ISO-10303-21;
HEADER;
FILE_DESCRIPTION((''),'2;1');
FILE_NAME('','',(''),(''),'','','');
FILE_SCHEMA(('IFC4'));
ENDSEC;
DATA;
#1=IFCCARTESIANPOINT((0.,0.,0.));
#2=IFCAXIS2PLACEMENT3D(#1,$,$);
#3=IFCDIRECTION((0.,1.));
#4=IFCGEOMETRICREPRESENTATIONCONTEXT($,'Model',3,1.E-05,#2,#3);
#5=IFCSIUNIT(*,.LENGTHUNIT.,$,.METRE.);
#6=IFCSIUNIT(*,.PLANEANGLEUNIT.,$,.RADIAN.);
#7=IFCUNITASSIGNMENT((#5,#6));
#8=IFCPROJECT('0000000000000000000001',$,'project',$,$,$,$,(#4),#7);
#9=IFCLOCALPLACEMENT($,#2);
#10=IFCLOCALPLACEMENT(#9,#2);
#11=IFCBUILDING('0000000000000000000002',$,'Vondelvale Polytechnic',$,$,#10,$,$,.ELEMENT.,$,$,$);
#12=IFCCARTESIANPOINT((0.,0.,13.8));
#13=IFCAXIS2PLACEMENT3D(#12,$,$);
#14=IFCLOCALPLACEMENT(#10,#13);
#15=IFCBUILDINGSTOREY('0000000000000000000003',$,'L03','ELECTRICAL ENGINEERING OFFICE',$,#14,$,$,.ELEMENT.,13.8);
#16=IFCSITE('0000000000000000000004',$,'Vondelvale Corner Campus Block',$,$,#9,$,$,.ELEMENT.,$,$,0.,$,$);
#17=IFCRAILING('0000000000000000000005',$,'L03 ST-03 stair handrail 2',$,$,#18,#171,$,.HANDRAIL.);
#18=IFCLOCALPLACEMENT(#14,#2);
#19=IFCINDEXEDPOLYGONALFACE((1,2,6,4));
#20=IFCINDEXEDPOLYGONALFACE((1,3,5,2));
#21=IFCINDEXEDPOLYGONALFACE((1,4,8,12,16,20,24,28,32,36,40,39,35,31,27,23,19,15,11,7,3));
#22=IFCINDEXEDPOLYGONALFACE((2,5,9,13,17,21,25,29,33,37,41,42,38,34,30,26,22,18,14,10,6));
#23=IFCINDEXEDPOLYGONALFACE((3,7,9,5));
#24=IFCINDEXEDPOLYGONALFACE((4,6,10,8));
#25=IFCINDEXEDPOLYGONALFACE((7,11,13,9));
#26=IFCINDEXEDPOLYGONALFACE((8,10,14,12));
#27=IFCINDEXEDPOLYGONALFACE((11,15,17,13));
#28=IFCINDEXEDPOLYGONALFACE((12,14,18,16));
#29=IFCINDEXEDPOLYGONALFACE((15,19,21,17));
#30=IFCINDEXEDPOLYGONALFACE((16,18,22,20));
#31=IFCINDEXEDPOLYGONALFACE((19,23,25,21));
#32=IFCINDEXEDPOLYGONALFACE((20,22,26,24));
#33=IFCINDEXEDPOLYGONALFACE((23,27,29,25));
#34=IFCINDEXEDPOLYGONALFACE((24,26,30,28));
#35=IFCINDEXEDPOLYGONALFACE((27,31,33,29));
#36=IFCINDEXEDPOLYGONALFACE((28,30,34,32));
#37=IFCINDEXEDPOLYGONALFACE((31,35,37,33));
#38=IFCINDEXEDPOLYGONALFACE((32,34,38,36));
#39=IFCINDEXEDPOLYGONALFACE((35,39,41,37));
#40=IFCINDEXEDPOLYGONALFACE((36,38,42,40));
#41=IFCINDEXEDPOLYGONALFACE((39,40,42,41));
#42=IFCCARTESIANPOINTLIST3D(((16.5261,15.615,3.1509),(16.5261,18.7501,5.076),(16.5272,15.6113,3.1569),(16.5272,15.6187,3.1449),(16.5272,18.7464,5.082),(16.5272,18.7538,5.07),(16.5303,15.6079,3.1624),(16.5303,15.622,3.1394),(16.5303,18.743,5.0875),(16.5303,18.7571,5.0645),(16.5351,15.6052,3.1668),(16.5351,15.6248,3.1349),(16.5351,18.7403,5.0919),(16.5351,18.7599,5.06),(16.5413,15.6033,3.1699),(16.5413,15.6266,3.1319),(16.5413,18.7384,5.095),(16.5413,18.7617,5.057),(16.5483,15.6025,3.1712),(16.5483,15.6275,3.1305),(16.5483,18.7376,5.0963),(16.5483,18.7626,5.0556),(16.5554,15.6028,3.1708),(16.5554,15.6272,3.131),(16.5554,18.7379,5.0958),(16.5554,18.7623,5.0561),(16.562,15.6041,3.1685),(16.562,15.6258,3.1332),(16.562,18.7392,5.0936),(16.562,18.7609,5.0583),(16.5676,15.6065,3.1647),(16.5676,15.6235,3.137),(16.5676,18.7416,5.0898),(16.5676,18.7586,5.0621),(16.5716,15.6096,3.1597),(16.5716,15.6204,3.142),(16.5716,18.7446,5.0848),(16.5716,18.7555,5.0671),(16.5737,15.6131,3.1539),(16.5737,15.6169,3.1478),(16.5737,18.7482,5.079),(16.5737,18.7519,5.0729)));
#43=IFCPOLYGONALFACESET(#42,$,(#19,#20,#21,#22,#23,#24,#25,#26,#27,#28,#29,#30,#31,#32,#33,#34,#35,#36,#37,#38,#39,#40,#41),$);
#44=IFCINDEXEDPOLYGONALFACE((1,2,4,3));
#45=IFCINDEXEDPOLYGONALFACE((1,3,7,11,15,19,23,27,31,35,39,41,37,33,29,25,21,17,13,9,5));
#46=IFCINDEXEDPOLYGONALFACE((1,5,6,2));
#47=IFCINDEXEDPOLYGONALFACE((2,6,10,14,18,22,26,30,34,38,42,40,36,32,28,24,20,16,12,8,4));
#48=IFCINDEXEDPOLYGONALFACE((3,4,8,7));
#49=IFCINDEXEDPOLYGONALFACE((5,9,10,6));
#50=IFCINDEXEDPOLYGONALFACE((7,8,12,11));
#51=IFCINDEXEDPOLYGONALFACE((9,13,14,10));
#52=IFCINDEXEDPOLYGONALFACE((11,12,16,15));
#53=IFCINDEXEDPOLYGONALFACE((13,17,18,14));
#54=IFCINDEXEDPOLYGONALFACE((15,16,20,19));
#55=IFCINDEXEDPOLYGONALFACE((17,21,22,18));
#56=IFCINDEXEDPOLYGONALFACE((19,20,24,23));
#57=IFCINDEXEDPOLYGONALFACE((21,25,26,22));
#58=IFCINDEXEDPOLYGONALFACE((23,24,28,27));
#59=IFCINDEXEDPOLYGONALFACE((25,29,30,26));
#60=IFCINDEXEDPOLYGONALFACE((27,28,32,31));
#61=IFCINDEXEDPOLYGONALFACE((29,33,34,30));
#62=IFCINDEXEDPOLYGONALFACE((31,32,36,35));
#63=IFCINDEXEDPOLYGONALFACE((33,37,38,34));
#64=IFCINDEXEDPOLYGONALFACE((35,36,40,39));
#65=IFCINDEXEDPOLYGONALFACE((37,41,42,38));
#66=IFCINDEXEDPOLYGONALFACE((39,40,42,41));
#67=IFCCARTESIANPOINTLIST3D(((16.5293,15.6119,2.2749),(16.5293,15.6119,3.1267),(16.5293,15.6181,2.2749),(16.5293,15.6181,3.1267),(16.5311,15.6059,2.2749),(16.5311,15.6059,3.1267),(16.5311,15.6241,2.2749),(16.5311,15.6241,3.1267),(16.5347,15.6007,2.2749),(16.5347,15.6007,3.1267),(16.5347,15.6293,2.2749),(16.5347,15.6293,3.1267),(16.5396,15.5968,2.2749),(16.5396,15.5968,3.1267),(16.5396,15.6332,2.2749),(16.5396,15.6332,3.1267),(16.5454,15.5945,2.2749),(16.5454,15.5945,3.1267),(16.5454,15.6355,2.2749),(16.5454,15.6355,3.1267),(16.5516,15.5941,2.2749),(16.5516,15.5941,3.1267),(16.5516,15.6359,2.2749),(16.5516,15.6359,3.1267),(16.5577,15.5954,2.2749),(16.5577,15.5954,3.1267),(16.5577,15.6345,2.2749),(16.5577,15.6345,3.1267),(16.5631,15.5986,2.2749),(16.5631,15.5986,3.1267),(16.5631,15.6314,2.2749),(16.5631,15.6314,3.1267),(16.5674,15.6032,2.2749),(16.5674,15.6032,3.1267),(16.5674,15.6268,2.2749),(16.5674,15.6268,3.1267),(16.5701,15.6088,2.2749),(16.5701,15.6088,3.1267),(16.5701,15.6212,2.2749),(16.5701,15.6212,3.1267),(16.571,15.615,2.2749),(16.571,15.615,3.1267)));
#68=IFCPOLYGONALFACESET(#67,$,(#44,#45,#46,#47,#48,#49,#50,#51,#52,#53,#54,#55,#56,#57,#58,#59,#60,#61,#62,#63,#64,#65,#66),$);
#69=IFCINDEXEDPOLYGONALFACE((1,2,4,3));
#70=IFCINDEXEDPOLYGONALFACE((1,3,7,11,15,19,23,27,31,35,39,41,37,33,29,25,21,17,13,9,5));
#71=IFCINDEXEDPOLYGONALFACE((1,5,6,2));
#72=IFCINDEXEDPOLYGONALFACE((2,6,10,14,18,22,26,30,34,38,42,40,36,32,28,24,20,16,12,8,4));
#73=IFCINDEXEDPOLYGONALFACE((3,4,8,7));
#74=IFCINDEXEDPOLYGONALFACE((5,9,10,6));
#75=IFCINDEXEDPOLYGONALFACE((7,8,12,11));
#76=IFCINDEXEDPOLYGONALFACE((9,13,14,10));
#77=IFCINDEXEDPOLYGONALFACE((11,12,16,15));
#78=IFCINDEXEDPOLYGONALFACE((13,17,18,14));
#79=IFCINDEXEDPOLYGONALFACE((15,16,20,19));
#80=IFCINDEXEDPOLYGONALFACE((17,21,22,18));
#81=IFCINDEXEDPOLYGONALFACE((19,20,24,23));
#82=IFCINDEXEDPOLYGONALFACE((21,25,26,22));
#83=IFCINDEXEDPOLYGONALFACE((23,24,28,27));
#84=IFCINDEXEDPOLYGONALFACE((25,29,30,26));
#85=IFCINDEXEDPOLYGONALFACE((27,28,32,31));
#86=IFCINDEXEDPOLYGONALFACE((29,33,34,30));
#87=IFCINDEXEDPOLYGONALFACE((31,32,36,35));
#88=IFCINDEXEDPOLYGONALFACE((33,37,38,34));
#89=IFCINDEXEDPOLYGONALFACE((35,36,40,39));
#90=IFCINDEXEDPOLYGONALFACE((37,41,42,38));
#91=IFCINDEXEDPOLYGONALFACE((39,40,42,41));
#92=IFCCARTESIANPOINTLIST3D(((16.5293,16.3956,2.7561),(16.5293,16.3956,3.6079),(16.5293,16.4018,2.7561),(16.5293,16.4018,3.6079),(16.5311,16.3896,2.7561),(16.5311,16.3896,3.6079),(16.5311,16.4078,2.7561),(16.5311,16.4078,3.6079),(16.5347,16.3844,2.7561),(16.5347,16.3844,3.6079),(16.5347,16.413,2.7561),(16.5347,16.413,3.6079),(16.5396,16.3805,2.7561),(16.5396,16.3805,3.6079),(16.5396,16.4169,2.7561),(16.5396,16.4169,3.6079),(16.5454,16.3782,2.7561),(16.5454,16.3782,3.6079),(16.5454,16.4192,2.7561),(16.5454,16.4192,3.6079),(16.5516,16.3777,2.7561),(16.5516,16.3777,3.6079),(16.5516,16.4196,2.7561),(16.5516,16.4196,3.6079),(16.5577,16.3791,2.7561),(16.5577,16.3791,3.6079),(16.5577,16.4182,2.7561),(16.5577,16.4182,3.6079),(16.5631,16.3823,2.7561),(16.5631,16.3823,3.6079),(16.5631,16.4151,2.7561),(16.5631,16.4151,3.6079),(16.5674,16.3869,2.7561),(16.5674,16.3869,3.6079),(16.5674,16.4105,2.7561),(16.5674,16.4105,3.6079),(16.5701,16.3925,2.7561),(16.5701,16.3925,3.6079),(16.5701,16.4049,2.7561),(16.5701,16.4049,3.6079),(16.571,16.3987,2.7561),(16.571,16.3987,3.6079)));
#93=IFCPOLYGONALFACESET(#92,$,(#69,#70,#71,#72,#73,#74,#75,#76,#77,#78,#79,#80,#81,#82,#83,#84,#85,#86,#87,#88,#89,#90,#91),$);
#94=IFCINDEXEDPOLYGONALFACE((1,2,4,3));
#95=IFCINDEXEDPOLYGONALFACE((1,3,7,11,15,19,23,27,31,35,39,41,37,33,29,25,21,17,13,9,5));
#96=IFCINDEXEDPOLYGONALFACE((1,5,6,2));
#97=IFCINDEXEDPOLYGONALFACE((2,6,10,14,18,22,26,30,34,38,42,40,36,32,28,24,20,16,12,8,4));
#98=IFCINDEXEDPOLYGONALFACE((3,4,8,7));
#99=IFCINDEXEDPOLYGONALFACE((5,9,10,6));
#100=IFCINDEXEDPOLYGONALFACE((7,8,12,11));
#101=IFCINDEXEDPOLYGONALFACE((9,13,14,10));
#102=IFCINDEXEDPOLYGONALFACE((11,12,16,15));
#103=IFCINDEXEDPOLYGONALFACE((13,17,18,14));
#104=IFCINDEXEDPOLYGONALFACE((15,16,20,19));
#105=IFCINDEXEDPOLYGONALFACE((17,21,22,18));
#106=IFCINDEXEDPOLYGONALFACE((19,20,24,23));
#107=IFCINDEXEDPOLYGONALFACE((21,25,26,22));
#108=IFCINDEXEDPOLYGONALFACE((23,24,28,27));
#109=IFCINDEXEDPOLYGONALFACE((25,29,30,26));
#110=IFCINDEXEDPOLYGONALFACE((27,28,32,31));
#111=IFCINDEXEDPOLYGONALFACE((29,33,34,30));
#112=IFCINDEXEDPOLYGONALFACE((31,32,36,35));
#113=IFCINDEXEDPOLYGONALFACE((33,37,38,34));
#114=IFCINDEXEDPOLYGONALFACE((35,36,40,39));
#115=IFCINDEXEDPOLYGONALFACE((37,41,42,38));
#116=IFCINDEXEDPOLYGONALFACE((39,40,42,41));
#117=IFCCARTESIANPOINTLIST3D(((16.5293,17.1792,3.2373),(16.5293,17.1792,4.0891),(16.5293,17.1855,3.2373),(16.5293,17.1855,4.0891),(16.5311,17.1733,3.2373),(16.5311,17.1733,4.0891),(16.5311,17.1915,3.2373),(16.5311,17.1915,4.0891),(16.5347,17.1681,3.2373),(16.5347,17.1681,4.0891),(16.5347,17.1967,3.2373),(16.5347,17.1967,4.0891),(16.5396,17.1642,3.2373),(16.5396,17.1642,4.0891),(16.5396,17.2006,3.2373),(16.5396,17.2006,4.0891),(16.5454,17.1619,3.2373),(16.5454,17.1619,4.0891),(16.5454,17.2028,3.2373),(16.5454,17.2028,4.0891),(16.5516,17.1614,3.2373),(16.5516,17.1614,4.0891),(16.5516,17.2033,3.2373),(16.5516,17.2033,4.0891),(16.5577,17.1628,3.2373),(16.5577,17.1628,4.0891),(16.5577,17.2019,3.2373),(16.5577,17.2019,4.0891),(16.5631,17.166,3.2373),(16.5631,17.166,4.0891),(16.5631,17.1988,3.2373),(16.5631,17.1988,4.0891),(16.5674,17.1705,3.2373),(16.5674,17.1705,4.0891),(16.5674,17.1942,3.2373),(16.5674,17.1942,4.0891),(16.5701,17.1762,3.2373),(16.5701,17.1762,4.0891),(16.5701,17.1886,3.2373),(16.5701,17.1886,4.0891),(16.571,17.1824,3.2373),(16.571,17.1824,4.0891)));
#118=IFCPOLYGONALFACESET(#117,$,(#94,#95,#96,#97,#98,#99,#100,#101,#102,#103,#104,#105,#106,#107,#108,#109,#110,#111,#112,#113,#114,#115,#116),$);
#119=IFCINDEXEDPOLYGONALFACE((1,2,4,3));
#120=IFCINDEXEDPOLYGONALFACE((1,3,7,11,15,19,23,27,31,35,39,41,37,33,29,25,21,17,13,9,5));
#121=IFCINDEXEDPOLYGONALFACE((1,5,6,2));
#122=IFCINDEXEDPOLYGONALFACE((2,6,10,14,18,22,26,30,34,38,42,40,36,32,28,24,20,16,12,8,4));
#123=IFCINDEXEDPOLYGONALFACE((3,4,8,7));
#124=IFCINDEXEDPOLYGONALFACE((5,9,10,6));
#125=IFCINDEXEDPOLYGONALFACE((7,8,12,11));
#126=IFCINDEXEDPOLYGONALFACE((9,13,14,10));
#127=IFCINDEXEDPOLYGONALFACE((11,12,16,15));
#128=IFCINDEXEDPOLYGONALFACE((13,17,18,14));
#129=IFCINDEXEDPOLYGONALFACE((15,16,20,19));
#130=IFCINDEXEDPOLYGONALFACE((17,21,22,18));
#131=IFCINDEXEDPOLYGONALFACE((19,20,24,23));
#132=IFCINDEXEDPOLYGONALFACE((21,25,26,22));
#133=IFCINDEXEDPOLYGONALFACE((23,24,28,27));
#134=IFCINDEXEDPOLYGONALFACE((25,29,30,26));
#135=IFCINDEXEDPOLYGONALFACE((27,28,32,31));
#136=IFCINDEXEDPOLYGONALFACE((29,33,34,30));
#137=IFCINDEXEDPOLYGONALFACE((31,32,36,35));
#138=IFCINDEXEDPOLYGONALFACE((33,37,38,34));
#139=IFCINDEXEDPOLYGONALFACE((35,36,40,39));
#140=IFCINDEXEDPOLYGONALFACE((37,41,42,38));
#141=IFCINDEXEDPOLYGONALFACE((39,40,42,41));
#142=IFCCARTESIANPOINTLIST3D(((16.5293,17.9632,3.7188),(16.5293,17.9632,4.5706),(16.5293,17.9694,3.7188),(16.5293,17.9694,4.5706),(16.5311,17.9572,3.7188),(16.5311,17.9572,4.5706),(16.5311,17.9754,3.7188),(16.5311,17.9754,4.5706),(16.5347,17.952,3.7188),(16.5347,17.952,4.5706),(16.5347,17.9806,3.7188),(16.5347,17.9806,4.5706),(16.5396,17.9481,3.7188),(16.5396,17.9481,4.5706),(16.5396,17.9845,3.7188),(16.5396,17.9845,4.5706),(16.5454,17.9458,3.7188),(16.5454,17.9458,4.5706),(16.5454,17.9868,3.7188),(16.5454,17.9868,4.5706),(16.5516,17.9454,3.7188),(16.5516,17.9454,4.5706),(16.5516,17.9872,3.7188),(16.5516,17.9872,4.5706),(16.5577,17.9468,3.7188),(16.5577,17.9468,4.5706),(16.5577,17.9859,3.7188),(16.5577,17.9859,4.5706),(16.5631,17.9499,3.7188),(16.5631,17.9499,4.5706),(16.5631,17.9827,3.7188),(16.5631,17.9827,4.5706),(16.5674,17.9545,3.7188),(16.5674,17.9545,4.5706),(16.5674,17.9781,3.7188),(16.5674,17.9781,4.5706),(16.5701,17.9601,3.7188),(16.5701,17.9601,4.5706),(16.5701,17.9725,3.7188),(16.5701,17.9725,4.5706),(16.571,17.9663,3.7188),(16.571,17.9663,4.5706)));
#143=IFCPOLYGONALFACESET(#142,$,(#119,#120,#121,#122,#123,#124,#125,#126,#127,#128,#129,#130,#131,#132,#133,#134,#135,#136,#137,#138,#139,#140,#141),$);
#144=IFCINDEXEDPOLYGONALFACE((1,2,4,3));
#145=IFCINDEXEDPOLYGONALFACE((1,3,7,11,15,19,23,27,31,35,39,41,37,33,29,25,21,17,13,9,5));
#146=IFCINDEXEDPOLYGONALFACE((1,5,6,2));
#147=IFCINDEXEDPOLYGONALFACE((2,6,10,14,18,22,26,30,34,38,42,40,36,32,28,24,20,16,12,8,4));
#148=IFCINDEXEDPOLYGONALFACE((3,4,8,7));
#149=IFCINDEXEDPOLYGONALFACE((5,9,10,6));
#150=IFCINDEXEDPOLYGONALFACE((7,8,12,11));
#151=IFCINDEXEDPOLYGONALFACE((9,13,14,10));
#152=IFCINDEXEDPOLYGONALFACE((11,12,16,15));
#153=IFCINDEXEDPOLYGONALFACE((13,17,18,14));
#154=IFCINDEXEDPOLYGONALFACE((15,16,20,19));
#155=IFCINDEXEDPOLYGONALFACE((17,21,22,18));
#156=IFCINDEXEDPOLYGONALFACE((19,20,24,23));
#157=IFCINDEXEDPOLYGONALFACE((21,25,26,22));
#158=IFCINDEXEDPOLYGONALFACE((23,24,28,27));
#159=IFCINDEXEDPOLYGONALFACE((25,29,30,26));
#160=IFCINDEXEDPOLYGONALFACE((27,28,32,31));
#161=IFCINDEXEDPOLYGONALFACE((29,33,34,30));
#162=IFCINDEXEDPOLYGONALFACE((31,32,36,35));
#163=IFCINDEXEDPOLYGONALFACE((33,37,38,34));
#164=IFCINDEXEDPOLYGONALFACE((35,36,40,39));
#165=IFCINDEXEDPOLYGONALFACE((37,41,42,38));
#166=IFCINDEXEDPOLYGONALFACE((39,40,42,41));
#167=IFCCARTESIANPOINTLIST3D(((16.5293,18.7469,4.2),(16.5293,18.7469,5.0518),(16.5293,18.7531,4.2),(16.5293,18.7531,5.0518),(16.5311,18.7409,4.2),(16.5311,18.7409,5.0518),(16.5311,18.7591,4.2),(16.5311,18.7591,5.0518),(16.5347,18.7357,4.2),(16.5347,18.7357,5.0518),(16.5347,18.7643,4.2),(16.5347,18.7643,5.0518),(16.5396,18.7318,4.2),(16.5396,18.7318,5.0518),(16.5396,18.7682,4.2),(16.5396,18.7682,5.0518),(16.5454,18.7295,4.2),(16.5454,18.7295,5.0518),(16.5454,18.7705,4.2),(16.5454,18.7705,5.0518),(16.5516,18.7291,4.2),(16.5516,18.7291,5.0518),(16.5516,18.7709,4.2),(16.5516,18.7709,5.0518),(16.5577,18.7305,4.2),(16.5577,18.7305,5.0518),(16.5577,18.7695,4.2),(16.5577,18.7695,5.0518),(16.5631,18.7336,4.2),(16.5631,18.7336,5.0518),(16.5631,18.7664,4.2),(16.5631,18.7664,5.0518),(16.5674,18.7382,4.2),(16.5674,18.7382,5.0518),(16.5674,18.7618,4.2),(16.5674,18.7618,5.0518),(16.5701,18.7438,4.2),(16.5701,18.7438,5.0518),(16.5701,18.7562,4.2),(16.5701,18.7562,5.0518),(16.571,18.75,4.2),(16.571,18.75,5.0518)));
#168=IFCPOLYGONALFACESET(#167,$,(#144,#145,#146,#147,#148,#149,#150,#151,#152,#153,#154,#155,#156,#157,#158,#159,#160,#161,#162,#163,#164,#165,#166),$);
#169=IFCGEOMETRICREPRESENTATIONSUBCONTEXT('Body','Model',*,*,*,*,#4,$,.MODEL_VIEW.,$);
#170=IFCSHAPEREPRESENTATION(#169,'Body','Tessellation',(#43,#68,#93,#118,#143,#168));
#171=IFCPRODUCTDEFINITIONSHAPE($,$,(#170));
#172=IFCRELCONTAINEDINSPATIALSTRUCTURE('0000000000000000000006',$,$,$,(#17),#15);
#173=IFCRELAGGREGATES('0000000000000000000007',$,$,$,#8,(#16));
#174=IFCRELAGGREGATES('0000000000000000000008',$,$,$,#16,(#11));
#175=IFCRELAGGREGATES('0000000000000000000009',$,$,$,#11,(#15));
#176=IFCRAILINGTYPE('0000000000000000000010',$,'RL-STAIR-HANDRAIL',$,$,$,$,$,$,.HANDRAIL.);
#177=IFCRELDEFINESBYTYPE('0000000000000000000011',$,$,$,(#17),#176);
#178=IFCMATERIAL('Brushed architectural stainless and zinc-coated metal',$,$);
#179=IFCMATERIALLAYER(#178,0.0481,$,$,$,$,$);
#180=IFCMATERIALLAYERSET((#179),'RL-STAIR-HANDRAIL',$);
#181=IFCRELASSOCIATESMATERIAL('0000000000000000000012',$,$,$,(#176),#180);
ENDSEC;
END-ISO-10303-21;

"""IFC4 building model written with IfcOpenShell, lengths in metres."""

from ifc_helpers import new_model, si_unit, direction, frame, origin, origin_2d, place, context, subcontext, project, spatial, circle, extrude, material, layer, layer_set, type_object, element, save


model = new_model("IFC4")

# Units and contexts
model_context = context("Model", 3, precision=1e-05, world=origin(), true_north=direction((0.0, 1.0)))
body_context = subcontext(model_context, "Body", "Model", "MODEL_VIEW")
ifc_project = project(units=[si_unit("LENGTHUNIT", "METRE"), si_unit("PLANEANGLEUNIT", "RADIAN")], contexts=[model_context])

# Site, building, storey
site_placement = place(None, origin())
site = spatial("IfcSite", under=ifc_project, at=site_placement, Name="Vondelvale Corner Campus Block", CompositionType="ELEMENT", RefElevation=0.0)
building_placement = place(site_placement, origin())
building = spatial("IfcBuilding", under=site, at=building_placement, Name="Vondelvale Polytechnic", CompositionType="ELEMENT")
storey_placement = place(building_placement, frame((0.0, 0.0, 13.8)))
storey = spatial("IfcBuildingStorey", under=building, at=storey_placement, Name="L03", Description="ELECTRICAL ENGINEERING OFFICE", CompositionType="ELEMENT", Elevation=13.8)

# Shared definitions
ifc_material_1 = material(Name="Brushed architectural stainless and zinc-coated metal")

# Railing
ifc_layer_1 = layer(ifc_material_1, 0.0481)
ifc_layer_set_1 = layer_set([ifc_layer_1], Name="RL-STAIR-HANDRAIL")
railing_type_1 = type_object("IfcRailingType", Name="RL-STAIR-HANDRAIL", PredefinedType="HANDRAIL", material=ifc_layer_set_1)
railing_1_placement = place(storey_placement, frame((16.55, 15.615, 2.2749)))
element("IfcRailing", 1, at=railing_1_placement, inside=storey, type_object=railing_type_1, Name="L03 ST-03 stair handrail 2", PredefinedType="HANDRAIL", context=body_context, shape_type="SweptSolid", body=[
    extrude(circle(Radius=0.0239, at=origin_2d()), frame((0.0, 0.0, 0.876), z_axis=(0.0, 0.852166, 0.523271), x_axis=(-1.0, 0.0, 0.0)), (0.0, 0.0, 1.0), 3.679),
    extrude(circle(Radius=0.021, at=origin_2d()), origin(), (0.0, 0.0, 1.0), 0.8518),
    extrude(circle(Radius=0.021, at=origin_2d()), frame((0.0, 0.7837, 0.4812)), (0.0, 0.0, 1.0), 0.8518),
    extrude(circle(Radius=0.021, at=origin_2d()), frame((0.0, 1.5674, 0.9624)), (0.0, 0.0, 1.0), 0.8518),
    extrude(circle(Radius=0.021, at=origin_2d()), frame((0.0, 2.3513, 1.4438)), (0.0, 0.0, 1.0), 0.8518),
    extrude(circle(Radius=0.021, at=origin_2d()), frame((0.0, 3.135, 1.925)), (0.0, 0.0, 1.0), 0.8518),
])

save(model, "model.ifc")
